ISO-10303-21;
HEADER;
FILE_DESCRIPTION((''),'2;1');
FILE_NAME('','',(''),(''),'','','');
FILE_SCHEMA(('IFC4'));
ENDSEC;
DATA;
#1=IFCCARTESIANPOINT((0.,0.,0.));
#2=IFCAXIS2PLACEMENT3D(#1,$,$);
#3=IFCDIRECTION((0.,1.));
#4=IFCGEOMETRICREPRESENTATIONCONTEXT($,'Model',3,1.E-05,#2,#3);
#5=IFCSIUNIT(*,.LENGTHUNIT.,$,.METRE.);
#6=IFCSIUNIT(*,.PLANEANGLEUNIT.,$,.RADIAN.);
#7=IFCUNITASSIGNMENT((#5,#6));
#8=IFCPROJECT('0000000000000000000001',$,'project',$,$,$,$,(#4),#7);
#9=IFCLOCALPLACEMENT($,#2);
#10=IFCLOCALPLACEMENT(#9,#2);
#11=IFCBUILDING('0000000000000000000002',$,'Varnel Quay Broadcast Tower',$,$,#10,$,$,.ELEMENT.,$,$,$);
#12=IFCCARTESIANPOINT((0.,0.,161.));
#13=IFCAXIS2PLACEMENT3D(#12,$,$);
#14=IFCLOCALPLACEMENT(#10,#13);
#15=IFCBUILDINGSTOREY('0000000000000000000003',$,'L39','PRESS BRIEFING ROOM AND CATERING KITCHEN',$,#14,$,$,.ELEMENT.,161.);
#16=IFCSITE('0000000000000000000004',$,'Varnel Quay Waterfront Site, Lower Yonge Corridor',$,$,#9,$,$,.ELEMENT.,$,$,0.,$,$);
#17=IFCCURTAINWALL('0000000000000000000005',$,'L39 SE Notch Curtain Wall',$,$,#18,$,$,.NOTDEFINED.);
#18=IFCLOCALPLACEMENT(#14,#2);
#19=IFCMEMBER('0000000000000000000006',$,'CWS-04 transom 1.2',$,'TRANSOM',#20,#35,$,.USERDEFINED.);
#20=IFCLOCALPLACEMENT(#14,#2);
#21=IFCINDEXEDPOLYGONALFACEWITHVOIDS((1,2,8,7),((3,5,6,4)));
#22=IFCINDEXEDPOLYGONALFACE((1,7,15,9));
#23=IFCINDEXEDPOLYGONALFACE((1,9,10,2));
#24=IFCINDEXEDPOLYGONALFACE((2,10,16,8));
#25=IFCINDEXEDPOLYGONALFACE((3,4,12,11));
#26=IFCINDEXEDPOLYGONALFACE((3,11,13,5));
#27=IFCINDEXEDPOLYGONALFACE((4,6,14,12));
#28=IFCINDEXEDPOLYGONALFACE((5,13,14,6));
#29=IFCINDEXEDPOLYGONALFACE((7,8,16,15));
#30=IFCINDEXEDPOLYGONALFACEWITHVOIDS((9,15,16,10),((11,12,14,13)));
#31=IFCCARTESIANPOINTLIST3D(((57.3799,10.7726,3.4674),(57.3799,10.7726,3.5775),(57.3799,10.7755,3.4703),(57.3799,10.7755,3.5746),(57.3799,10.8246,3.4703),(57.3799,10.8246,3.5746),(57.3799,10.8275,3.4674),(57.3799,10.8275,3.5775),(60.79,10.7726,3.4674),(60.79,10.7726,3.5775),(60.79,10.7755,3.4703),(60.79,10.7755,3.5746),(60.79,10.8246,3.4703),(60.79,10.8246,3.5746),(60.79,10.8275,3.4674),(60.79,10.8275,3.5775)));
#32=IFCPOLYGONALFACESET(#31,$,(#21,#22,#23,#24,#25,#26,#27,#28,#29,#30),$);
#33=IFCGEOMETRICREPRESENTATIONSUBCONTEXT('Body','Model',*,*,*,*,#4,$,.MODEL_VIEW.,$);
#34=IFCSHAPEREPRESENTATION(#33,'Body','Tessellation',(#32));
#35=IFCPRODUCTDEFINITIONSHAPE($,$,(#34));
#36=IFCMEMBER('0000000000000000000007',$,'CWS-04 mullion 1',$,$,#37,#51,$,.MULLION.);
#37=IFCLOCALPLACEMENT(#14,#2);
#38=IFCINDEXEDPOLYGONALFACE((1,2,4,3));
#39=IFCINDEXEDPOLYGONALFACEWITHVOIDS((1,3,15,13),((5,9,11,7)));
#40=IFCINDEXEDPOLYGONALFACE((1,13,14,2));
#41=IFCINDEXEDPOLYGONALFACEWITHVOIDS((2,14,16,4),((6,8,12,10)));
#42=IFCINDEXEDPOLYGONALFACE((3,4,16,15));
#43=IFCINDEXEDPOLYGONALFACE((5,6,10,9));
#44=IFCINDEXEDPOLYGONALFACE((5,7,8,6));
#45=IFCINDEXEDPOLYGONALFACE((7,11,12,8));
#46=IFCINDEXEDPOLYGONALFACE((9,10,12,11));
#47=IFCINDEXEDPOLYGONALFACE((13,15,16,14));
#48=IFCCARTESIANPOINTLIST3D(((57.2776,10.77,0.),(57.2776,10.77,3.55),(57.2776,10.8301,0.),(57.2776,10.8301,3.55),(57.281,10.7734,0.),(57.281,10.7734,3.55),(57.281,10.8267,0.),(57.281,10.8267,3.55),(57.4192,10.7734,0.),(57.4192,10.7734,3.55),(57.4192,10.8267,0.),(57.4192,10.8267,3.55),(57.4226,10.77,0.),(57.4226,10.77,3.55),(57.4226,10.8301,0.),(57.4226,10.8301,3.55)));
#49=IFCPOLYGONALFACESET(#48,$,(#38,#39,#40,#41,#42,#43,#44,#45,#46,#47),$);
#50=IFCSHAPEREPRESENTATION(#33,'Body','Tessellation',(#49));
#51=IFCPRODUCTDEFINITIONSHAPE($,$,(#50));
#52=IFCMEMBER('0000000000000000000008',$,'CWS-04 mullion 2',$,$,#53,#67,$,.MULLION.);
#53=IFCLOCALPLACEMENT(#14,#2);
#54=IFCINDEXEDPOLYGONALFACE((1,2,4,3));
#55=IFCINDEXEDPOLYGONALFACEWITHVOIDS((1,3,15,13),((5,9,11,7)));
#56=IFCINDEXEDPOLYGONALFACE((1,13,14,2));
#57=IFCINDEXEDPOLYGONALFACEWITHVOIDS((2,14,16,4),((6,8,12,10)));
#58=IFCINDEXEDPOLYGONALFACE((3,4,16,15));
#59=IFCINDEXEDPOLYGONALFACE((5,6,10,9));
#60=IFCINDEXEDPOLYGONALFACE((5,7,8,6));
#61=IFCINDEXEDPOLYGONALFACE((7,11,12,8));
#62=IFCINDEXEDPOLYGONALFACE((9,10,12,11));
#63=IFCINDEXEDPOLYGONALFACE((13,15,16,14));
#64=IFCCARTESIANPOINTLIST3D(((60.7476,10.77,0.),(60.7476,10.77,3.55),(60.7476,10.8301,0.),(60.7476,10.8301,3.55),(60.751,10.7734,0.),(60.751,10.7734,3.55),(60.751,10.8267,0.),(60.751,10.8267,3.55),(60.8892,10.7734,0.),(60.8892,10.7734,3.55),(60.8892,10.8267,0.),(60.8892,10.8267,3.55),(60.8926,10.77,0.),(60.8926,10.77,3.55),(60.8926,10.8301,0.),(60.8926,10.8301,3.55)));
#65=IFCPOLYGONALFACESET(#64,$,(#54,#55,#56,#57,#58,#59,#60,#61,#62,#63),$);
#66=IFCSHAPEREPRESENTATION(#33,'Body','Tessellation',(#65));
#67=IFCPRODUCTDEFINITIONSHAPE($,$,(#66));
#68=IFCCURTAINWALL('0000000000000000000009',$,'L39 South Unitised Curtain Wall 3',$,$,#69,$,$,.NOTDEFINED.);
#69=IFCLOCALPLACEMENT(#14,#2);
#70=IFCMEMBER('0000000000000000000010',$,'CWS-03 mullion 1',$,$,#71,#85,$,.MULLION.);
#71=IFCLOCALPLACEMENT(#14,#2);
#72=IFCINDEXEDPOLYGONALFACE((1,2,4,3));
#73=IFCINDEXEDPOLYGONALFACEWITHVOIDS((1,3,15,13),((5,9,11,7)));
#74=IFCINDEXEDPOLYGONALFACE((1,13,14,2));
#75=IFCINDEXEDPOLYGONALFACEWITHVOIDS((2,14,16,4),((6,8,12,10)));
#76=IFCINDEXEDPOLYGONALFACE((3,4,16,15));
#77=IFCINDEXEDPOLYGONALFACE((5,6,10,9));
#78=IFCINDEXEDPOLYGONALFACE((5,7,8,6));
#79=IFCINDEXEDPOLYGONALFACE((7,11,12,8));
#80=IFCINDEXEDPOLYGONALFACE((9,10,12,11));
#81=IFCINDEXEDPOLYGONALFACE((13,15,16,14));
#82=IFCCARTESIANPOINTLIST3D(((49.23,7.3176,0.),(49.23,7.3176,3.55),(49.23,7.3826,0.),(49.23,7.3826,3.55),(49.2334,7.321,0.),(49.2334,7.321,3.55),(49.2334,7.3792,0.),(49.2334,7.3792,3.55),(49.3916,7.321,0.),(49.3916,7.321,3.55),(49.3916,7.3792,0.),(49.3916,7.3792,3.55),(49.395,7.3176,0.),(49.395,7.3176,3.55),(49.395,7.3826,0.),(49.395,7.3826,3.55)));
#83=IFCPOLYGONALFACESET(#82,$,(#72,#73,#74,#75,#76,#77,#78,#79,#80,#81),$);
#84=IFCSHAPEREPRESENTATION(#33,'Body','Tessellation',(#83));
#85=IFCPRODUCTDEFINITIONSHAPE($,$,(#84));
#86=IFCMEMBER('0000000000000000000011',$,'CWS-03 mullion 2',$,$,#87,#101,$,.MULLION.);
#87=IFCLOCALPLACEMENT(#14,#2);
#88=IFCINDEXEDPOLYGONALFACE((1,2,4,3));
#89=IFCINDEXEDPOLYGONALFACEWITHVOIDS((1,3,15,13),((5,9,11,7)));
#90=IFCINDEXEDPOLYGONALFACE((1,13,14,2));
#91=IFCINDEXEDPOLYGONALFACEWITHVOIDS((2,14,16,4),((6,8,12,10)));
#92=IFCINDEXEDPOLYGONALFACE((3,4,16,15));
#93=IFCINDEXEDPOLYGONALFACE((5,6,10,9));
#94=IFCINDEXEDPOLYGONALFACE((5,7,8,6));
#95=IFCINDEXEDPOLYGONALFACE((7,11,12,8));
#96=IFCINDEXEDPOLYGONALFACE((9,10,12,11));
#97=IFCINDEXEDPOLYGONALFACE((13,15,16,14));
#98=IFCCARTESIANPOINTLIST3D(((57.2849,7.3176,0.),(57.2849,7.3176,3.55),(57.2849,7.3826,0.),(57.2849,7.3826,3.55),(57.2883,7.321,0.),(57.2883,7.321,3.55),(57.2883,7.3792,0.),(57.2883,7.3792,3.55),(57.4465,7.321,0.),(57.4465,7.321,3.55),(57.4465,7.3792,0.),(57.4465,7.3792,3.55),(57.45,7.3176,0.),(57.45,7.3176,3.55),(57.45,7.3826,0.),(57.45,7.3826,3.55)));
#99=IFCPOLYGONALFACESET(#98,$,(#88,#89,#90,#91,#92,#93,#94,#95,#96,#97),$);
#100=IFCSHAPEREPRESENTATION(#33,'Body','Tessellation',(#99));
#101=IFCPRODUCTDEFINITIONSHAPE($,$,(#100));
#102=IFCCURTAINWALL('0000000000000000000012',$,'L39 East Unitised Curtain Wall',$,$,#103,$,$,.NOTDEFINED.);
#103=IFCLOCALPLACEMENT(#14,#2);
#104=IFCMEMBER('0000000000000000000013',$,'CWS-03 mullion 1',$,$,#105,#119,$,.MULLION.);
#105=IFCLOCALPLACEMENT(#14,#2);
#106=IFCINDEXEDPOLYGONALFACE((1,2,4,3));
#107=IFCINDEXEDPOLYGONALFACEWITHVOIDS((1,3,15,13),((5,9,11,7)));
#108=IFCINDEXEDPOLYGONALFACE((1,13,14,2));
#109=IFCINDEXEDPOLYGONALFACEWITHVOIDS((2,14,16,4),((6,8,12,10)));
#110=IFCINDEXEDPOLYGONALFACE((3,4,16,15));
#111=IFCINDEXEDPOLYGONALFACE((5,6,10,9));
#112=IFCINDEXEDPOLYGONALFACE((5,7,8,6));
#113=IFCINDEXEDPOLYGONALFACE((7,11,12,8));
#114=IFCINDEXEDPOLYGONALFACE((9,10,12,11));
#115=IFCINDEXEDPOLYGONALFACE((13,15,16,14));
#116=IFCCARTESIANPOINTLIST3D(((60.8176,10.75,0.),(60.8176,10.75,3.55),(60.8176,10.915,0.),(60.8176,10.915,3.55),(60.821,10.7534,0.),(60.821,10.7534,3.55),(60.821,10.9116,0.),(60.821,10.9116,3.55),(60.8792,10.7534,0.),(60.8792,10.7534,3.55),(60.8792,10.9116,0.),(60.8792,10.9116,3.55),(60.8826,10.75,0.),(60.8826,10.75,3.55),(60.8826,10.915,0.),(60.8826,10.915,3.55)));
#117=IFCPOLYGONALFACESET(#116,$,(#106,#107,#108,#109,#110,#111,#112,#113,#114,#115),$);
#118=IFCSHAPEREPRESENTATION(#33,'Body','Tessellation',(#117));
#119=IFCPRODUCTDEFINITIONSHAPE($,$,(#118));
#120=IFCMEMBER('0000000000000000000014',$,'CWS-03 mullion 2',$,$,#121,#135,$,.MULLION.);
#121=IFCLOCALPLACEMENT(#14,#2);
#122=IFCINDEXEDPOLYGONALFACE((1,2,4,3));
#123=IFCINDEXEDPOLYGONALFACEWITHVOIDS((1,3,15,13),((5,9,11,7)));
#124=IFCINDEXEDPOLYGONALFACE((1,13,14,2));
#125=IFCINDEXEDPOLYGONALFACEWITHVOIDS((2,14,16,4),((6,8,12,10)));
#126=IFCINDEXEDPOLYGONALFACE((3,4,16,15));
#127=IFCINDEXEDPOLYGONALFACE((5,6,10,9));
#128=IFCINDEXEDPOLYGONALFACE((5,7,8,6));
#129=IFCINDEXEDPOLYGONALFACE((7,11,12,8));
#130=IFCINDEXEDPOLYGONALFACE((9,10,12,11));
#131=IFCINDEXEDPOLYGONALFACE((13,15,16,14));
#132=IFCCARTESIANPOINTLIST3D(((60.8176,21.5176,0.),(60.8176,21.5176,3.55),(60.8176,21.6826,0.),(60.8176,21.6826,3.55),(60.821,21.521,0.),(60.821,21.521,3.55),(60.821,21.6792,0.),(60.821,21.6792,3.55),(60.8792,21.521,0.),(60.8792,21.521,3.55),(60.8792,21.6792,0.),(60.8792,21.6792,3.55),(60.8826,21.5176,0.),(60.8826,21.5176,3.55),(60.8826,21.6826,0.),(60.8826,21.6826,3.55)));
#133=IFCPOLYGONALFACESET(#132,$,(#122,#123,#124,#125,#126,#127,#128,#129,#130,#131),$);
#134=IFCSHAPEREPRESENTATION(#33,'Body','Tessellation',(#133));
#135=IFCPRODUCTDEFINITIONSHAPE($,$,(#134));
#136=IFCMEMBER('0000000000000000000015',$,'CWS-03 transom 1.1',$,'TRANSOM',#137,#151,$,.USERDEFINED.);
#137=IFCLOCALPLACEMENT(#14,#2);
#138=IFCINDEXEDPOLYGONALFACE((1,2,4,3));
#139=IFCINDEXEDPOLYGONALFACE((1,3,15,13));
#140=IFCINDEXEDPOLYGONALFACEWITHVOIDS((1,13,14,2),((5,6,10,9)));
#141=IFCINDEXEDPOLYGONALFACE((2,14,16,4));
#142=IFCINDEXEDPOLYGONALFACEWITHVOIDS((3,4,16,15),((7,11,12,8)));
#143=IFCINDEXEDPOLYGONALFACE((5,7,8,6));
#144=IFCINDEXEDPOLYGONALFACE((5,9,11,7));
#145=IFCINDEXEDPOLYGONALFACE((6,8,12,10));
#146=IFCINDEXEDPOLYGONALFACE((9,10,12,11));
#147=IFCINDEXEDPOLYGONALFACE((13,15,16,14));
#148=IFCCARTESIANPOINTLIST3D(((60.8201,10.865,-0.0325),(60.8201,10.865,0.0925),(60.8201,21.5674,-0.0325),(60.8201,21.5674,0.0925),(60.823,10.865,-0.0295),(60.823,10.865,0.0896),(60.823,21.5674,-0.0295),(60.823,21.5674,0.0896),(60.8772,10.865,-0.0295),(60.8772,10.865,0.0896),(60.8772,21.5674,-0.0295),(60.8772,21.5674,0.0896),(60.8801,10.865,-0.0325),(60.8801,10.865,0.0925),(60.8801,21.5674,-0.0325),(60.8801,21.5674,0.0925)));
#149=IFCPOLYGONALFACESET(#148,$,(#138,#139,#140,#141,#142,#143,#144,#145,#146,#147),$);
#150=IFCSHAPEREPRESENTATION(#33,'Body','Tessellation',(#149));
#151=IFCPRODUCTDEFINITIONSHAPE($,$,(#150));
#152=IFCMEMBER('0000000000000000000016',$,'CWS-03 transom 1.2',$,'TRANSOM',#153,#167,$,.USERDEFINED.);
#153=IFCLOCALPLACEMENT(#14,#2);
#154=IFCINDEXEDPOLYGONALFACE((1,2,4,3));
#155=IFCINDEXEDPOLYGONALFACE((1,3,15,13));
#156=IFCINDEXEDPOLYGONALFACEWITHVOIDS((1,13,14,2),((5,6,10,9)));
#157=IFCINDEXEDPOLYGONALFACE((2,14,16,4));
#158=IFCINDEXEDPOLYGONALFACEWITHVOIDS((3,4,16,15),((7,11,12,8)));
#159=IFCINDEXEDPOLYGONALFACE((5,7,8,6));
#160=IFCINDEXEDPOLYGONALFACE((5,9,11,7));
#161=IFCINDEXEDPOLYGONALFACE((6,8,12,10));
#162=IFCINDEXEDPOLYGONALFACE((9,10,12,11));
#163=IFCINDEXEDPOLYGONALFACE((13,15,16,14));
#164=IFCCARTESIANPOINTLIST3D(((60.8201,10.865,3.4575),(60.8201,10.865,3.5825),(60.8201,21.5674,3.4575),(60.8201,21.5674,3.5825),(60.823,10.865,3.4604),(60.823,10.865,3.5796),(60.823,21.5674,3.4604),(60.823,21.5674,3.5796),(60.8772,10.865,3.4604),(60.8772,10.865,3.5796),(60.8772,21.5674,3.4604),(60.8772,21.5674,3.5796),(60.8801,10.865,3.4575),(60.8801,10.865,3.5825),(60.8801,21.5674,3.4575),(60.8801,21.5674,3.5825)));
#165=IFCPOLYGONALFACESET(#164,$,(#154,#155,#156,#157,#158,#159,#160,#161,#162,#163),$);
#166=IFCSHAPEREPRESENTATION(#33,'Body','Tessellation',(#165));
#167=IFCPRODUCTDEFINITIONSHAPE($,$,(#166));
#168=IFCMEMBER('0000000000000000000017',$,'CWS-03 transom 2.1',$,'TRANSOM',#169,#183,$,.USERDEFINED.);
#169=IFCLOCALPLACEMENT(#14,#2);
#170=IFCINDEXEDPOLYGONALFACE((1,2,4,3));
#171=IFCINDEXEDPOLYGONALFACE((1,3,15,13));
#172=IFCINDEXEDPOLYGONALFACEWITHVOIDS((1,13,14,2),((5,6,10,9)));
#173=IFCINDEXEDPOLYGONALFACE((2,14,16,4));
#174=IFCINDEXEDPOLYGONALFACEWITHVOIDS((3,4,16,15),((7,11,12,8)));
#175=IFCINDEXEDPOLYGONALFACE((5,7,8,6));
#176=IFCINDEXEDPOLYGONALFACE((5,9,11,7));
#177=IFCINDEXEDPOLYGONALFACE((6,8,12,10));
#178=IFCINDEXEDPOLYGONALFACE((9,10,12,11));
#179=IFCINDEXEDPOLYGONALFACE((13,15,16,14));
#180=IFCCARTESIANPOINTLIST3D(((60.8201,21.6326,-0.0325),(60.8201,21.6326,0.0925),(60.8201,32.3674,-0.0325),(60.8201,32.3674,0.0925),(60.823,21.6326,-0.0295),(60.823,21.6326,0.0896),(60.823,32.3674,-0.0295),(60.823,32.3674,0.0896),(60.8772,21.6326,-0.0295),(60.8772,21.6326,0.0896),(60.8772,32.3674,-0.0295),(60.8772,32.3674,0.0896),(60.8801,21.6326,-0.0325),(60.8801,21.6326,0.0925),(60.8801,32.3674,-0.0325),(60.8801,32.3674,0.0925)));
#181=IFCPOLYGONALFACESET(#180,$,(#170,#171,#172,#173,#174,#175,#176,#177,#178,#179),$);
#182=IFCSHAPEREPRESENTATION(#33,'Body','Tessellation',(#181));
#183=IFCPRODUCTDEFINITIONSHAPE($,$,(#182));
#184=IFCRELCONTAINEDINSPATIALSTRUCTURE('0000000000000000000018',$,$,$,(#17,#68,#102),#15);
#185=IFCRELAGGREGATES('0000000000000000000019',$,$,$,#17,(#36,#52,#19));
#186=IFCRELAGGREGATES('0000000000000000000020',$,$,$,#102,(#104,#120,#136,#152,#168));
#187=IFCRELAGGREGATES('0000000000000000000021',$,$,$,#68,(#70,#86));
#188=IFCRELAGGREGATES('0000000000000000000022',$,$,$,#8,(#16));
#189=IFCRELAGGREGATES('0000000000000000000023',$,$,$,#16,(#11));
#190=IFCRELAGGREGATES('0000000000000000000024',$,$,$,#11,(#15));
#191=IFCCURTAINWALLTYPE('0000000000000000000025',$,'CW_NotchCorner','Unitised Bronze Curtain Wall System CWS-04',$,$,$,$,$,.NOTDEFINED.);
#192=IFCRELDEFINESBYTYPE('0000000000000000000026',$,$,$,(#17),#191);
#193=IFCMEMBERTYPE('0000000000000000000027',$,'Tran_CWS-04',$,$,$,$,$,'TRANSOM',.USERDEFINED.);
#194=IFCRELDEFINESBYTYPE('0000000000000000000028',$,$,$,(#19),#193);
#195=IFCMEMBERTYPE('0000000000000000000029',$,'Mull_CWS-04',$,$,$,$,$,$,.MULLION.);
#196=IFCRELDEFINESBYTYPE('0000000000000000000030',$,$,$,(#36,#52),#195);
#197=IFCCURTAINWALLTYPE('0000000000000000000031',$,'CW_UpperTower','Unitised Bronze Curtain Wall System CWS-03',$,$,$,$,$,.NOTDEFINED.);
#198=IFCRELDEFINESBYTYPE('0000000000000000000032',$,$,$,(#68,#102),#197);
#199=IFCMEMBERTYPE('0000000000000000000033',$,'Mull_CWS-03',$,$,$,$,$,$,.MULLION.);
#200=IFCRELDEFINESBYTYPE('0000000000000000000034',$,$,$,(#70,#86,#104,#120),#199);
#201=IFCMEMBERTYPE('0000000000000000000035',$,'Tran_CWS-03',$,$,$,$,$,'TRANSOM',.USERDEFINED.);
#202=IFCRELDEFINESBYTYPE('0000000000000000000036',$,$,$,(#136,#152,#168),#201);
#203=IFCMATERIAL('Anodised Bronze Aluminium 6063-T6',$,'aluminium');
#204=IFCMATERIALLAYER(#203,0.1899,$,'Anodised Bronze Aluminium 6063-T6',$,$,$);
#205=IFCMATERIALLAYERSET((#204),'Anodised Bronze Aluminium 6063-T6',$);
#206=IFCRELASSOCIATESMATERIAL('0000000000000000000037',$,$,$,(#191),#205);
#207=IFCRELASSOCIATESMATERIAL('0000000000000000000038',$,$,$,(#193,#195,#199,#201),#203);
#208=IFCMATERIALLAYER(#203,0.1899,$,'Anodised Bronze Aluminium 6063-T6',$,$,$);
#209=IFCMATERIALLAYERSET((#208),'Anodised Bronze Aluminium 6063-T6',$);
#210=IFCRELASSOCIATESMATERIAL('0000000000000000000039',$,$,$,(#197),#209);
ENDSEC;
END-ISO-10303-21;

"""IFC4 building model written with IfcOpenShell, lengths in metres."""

from ifc_helpers import new_model, si_unit, direction, frame, origin, origin_2d, place, context, subcontext, project, spatial, hollow_rectangle, extrude, source, transform, mapped, material, layer, layer_set, material_profile, profile_set, type_object, type_shapes, element, aggregate, save


model = new_model("IFC4")

# Units and contexts
model_context = context("Model", 3, precision=1e-05, world=origin(), true_north=direction((0.0, 1.0)))
body_context = subcontext(model_context, "Body", "Model", "MODEL_VIEW")
ifc_project = project(units=[si_unit("LENGTHUNIT", "METRE"), si_unit("PLANEANGLEUNIT", "RADIAN")], contexts=[model_context])

# Site, building, storey
site_placement = place(None, origin())
site = spatial("IfcSite", under=ifc_project, at=site_placement, Name="Varnel Quay Waterfront Site, Lower Yonge Corridor", CompositionType="ELEMENT", RefElevation=0.0)
building_placement = place(site_placement, origin())
building = spatial("IfcBuilding", under=site, at=building_placement, Name="Varnel Quay Broadcast Tower", CompositionType="ELEMENT")
storey_placement = place(building_placement, frame((0.0, 0.0, 161.0)))
storey = spatial("IfcBuildingStorey", under=building, at=storey_placement, Name="L39", Description="PRESS BRIEFING ROOM AND CATERING KITCHEN", CompositionType="ELEMENT", Elevation=161.0)

# Curtain walls, members
ifc_material_1 = material(Name="Anodised Bronze Aluminium 6063-T6", Category="aluminium")
ifc_layer_1 = layer(ifc_material_1, 0.1899, Name="Anodised Bronze Aluminium 6063-T6")
ifc_layer_set_1 = layer_set([ifc_layer_1], Name="Anodised Bronze Aluminium 6063-T6")
curtain_wall_type_1 = type_object("IfcCurtainWallType", Name="CW_NotchCorner", Description="Unitised Bronze Curtain Wall System CWS-04", PredefinedType="NOTDEFINED", material=ifc_layer_set_1)
curtain_wall_1_placement = place(storey_placement, origin())
curtain_wall_1 = element("IfcCurtainWall", 1, at=curtain_wall_1_placement, inside=storey, type_object=curtain_wall_type_1, Name="L39 SE Notch Curtain Wall", PredefinedType="NOTDEFINED")
ifc_material_profile_1 = material_profile(ifc_material_1, hollow_rectangle(XDim=0.0549, YDim=0.1101, WallThickness=0.0029, at=origin_2d()), Name="ALU55X110X3")
ifc_profile_set_1 = profile_set([ifc_material_profile_1], Name="Anodised Bronze Aluminium 6063-T6")
member_type_1 = type_object("IfcMemberType", Name="Tran_CWS-04", ElementType="TRANSOM", PredefinedType="USERDEFINED", material=ifc_profile_set_1)
shared_shape_1 = source(origin(), body_context, "Body", "SweptSolid", [
    extrude(hollow_rectangle(XDim=0.0549, YDim=0.1101, WallThickness=0.0029, at=origin_2d()), origin(), (0.0, 0.0, 1.0), 3.4102),
])
type_shapes(member_type_1, [shared_shape_1])
member_1_placement = place(storey_placement, frame((57.3799, 10.8, 3.5225), z_axis=(1.0, 0.0, 0.0), x_axis=(0.0, 1.0, 0.0)))
member_1 = element("IfcMember", 2, at=member_1_placement, type_object=member_type_1, Name="CWS-04 transom 1.2", ObjectType="TRANSOM", PredefinedType="USERDEFINED", context=body_context, shape_type="MappedRepresentation", body=[
    mapped(shared_shape_1, transform((0.0, 0.0, 0.0), x_axis=(1.0, 0.0, 0.0), y_axis=(0.0, 1.0, 0.0), z_axis=(0.0, 0.0, 1.0), scale=1.0)),
])
ifc_material_profile_2 = material_profile(ifc_material_1, hollow_rectangle(XDim=0.0601, YDim=0.145, WallThickness=0.0034, at=origin_2d()), Name="ALU60X145X3.5")
ifc_profile_set_2 = profile_set([ifc_material_profile_2], Name="Anodised Bronze Aluminium 6063-T6")
member_type_2 = type_object("IfcMemberType", Name="Mull_CWS-04", PredefinedType="MULLION", material=ifc_profile_set_2)
shared_shape_2 = source(origin(), body_context, "Body", "SweptSolid", [
    extrude(hollow_rectangle(XDim=0.0601, YDim=0.145, WallThickness=0.0034, at=origin_2d()), origin(), (0.0, 0.0, 1.0), 3.55),
])
type_shapes(member_type_2, [shared_shape_2])
member_2_placement = place(storey_placement, frame((57.3501, 10.8, 0.0), z_axis=(0.0, 0.0, 1.0), x_axis=(0.0, 1.0, 0.0)))
member_2 = element("IfcMember", 3, at=member_2_placement, type_object=member_type_2, Name="CWS-04 mullion 1", PredefinedType="MULLION", context=body_context, shape_type="MappedRepresentation", body=[
    mapped(shared_shape_2, transform((0.0, 0.0, 0.0), x_axis=(1.0, 0.0, 0.0), y_axis=(0.0, 1.0, 0.0), z_axis=(0.0, 0.0, 1.0), scale=1.0)),
])
member_3_placement = place(storey_placement, frame((60.8201, 10.8, 0.0), z_axis=(0.0, 0.0, 1.0), x_axis=(0.0, 1.0, 0.0)))
member_3 = element("IfcMember", 4, at=member_3_placement, type_object=member_type_2, Name="CWS-04 mullion 2", PredefinedType="MULLION", context=body_context, shape_type="MappedRepresentation", body=[
    mapped(shared_shape_2, transform((0.0, 0.0, 0.0), x_axis=(1.0, 0.0, 0.0), y_axis=(0.0, 1.0, 0.0), z_axis=(0.0, 0.0, 1.0), scale=1.0)),
])
ifc_layer_2 = layer(ifc_material_1, 0.1899, Name="Anodised Bronze Aluminium 6063-T6")
ifc_layer_set_2 = layer_set([ifc_layer_2], Name="Anodised Bronze Aluminium 6063-T6")
curtain_wall_type_2 = type_object("IfcCurtainWallType", Name="CW_UpperTower", Description="Unitised Bronze Curtain Wall System CWS-03", PredefinedType="NOTDEFINED", material=ifc_layer_set_2)
curtain_wall_2_placement = place(storey_placement, origin())
curtain_wall_2 = element("IfcCurtainWall", 5, at=curtain_wall_2_placement, inside=storey, type_object=curtain_wall_type_2, Name="L39 South Unitised Curtain Wall 3", PredefinedType="NOTDEFINED")
ifc_material_profile_3 = material_profile(ifc_material_1, hollow_rectangle(XDim=0.0649, YDim=0.165, WallThickness=0.0034, at=origin_2d()), Name="ALU65X165X3.5")
ifc_profile_set_3 = profile_set([ifc_material_profile_3], Name="Anodised Bronze Aluminium 6063-T6")
member_type_3 = type_object("IfcMemberType", Name="Mull_CWS-03", PredefinedType="MULLION", material=ifc_profile_set_3)
shared_shape_3 = source(origin(), body_context, "Body", "SweptSolid", [
    extrude(hollow_rectangle(XDim=0.0649, YDim=0.165, WallThickness=0.0034, at=origin_2d()), origin(), (0.0, 0.0, 1.0), 3.55),
])
type_shapes(member_type_3, [shared_shape_3])
member_4_placement = place(storey_placement, frame((49.3125, 7.3501, 0.0), z_axis=(0.0, 0.0, 1.0), x_axis=(0.0, 1.0, 0.0)))
member_4 = element("IfcMember", 6, at=member_4_placement, type_object=member_type_3, Name="CWS-03 mullion 1", PredefinedType="MULLION", context=body_context, shape_type="MappedRepresentation", body=[
    mapped(shared_shape_3, transform((0.0, 0.0, 0.0), x_axis=(1.0, 0.0, 0.0), y_axis=(0.0, 1.0, 0.0), z_axis=(0.0, 0.0, 1.0), scale=1.0)),
])
member_5_placement = place(storey_placement, frame((57.3674, 7.3501, 0.0), z_axis=(0.0, 0.0, 1.0), x_axis=(0.0, 1.0, 0.0)))
member_5 = element("IfcMember", 7, at=member_5_placement, type_object=member_type_3, Name="CWS-03 mullion 2", PredefinedType="MULLION", context=body_context, shape_type="MappedRepresentation", body=[
    mapped(shared_shape_3, transform((0.0, 0.0, 0.0), x_axis=(1.0, 0.0, 0.0), y_axis=(0.0, 1.0, 0.0), z_axis=(0.0, 0.0, 1.0), scale=1.0)),
])
curtain_wall_3_placement = place(storey_placement, origin())
curtain_wall_3 = element("IfcCurtainWall", 8, at=curtain_wall_3_placement, inside=storey, type_object=curtain_wall_type_2, Name="L39 East Unitised Curtain Wall", PredefinedType="NOTDEFINED")
member_6_placement = place(storey_placement, frame((60.8501, 10.8325, 0.0), z_axis=(0.0, 0.0, 1.0), x_axis=(-1.0, 0.0, 0.0)))
member_6 = element("IfcMember", 9, at=member_6_placement, type_object=member_type_3, Name="CWS-03 mullion 1", PredefinedType="MULLION", context=body_context, shape_type="MappedRepresentation", body=[
    mapped(shared_shape_3, transform((0.0, 0.0, 0.0), x_axis=(1.0, 0.0, 0.0), y_axis=(0.0, 1.0, 0.0), z_axis=(0.0, 0.0, 1.0), scale=1.0)),
])
member_7_placement = place(storey_placement, frame((60.8501, 21.6001, 0.0), z_axis=(0.0, 0.0, 1.0), x_axis=(-1.0, 0.0, 0.0)))
member_7 = element("IfcMember", 10, at=member_7_placement, type_object=member_type_3, Name="CWS-03 mullion 2", PredefinedType="MULLION", context=body_context, shape_type="MappedRepresentation", body=[
    mapped(shared_shape_3, transform((0.0, 0.0, 0.0), x_axis=(1.0, 0.0, 0.0), y_axis=(0.0, 1.0, 0.0), z_axis=(0.0, 0.0, 1.0), scale=1.0)),
])
ifc_material_profile_4 = material_profile(ifc_material_1, hollow_rectangle(XDim=0.0601, YDim=0.125, WallThickness=0.0029, at=origin_2d()), Name="ALU60X125X3")
ifc_profile_set_4 = profile_set([ifc_material_profile_4], Name="Anodised Bronze Aluminium 6063-T6")
member_type_4 = type_object("IfcMemberType", Name="Tran_CWS-03", ElementType="TRANSOM", PredefinedType="USERDEFINED", material=ifc_profile_set_4)
shared_shape_4 = source(origin(), body_context, "Body", "SweptSolid", [
    extrude(hollow_rectangle(XDim=0.0601, YDim=0.125, WallThickness=0.0029, at=origin_2d()), origin(), (0.0, 0.0, 1.0), 10.7024),
])
member_8_placement = place(storey_placement, frame((60.8501, 10.865, 0.03), z_axis=(0.0, 1.0, 0.0), x_axis=(-1.0, 0.0, 0.0)))
member_8 = element("IfcMember", 11, at=member_8_placement, type_object=member_type_4, Name="CWS-03 transom 1.1", ObjectType="TRANSOM", PredefinedType="USERDEFINED", context=body_context, shape_type="MappedRepresentation", body=[
    mapped(shared_shape_4, transform((0.0, 0.0, 0.0), x_axis=(1.0, 0.0, 0.0), y_axis=(0.0, 1.0, 0.0), z_axis=(0.0, 0.0, 1.0), scale=1.0)),
])
member_9_placement = place(storey_placement, frame((60.8501, 10.865, 3.52), z_axis=(0.0, 1.0, 0.0), x_axis=(-1.0, 0.0, 0.0)))
member_9 = element("IfcMember", 12, at=member_9_placement, type_object=member_type_4, Name="CWS-03 transom 1.2", ObjectType="TRANSOM", PredefinedType="USERDEFINED", context=body_context, shape_type="MappedRepresentation", body=[
    mapped(shared_shape_4, transform((0.0, 0.0, 0.0), x_axis=(1.0, 0.0, 0.0), y_axis=(0.0, 1.0, 0.0), z_axis=(0.0, 0.0, 1.0), scale=1.0)),
])
shared_shape_5 = source(origin(), body_context, "Body", "SweptSolid", [
    extrude(hollow_rectangle(XDim=0.0601, YDim=0.125, WallThickness=0.0029, at=origin_2d()), origin(), (0.0, 0.0, 1.0), 10.7349),
])
member_10_placement = place(storey_placement, frame((60.8501, 21.6326, 0.03), z_axis=(0.0, 1.0, 0.0), x_axis=(-1.0, 0.0, 0.0)))
member_10 = element("IfcMember", 13, at=member_10_placement, type_object=member_type_4, Name="CWS-03 transom 2.1", ObjectType="TRANSOM", PredefinedType="USERDEFINED", context=body_context, shape_type="MappedRepresentation", body=[
    mapped(shared_shape_5, transform((0.0, 0.0, 0.0), x_axis=(1.0, 0.0, 0.0), y_axis=(0.0, 1.0, 0.0), z_axis=(0.0, 0.0, 1.0), scale=1.0)),
])

aggregate(curtain_wall_1, [member_2, member_3, member_1])
aggregate(curtain_wall_3, [member_6, member_7, member_8, member_9, member_10])
aggregate(curtain_wall_2, [member_4, member_5])

save(model, "model.ifc")
